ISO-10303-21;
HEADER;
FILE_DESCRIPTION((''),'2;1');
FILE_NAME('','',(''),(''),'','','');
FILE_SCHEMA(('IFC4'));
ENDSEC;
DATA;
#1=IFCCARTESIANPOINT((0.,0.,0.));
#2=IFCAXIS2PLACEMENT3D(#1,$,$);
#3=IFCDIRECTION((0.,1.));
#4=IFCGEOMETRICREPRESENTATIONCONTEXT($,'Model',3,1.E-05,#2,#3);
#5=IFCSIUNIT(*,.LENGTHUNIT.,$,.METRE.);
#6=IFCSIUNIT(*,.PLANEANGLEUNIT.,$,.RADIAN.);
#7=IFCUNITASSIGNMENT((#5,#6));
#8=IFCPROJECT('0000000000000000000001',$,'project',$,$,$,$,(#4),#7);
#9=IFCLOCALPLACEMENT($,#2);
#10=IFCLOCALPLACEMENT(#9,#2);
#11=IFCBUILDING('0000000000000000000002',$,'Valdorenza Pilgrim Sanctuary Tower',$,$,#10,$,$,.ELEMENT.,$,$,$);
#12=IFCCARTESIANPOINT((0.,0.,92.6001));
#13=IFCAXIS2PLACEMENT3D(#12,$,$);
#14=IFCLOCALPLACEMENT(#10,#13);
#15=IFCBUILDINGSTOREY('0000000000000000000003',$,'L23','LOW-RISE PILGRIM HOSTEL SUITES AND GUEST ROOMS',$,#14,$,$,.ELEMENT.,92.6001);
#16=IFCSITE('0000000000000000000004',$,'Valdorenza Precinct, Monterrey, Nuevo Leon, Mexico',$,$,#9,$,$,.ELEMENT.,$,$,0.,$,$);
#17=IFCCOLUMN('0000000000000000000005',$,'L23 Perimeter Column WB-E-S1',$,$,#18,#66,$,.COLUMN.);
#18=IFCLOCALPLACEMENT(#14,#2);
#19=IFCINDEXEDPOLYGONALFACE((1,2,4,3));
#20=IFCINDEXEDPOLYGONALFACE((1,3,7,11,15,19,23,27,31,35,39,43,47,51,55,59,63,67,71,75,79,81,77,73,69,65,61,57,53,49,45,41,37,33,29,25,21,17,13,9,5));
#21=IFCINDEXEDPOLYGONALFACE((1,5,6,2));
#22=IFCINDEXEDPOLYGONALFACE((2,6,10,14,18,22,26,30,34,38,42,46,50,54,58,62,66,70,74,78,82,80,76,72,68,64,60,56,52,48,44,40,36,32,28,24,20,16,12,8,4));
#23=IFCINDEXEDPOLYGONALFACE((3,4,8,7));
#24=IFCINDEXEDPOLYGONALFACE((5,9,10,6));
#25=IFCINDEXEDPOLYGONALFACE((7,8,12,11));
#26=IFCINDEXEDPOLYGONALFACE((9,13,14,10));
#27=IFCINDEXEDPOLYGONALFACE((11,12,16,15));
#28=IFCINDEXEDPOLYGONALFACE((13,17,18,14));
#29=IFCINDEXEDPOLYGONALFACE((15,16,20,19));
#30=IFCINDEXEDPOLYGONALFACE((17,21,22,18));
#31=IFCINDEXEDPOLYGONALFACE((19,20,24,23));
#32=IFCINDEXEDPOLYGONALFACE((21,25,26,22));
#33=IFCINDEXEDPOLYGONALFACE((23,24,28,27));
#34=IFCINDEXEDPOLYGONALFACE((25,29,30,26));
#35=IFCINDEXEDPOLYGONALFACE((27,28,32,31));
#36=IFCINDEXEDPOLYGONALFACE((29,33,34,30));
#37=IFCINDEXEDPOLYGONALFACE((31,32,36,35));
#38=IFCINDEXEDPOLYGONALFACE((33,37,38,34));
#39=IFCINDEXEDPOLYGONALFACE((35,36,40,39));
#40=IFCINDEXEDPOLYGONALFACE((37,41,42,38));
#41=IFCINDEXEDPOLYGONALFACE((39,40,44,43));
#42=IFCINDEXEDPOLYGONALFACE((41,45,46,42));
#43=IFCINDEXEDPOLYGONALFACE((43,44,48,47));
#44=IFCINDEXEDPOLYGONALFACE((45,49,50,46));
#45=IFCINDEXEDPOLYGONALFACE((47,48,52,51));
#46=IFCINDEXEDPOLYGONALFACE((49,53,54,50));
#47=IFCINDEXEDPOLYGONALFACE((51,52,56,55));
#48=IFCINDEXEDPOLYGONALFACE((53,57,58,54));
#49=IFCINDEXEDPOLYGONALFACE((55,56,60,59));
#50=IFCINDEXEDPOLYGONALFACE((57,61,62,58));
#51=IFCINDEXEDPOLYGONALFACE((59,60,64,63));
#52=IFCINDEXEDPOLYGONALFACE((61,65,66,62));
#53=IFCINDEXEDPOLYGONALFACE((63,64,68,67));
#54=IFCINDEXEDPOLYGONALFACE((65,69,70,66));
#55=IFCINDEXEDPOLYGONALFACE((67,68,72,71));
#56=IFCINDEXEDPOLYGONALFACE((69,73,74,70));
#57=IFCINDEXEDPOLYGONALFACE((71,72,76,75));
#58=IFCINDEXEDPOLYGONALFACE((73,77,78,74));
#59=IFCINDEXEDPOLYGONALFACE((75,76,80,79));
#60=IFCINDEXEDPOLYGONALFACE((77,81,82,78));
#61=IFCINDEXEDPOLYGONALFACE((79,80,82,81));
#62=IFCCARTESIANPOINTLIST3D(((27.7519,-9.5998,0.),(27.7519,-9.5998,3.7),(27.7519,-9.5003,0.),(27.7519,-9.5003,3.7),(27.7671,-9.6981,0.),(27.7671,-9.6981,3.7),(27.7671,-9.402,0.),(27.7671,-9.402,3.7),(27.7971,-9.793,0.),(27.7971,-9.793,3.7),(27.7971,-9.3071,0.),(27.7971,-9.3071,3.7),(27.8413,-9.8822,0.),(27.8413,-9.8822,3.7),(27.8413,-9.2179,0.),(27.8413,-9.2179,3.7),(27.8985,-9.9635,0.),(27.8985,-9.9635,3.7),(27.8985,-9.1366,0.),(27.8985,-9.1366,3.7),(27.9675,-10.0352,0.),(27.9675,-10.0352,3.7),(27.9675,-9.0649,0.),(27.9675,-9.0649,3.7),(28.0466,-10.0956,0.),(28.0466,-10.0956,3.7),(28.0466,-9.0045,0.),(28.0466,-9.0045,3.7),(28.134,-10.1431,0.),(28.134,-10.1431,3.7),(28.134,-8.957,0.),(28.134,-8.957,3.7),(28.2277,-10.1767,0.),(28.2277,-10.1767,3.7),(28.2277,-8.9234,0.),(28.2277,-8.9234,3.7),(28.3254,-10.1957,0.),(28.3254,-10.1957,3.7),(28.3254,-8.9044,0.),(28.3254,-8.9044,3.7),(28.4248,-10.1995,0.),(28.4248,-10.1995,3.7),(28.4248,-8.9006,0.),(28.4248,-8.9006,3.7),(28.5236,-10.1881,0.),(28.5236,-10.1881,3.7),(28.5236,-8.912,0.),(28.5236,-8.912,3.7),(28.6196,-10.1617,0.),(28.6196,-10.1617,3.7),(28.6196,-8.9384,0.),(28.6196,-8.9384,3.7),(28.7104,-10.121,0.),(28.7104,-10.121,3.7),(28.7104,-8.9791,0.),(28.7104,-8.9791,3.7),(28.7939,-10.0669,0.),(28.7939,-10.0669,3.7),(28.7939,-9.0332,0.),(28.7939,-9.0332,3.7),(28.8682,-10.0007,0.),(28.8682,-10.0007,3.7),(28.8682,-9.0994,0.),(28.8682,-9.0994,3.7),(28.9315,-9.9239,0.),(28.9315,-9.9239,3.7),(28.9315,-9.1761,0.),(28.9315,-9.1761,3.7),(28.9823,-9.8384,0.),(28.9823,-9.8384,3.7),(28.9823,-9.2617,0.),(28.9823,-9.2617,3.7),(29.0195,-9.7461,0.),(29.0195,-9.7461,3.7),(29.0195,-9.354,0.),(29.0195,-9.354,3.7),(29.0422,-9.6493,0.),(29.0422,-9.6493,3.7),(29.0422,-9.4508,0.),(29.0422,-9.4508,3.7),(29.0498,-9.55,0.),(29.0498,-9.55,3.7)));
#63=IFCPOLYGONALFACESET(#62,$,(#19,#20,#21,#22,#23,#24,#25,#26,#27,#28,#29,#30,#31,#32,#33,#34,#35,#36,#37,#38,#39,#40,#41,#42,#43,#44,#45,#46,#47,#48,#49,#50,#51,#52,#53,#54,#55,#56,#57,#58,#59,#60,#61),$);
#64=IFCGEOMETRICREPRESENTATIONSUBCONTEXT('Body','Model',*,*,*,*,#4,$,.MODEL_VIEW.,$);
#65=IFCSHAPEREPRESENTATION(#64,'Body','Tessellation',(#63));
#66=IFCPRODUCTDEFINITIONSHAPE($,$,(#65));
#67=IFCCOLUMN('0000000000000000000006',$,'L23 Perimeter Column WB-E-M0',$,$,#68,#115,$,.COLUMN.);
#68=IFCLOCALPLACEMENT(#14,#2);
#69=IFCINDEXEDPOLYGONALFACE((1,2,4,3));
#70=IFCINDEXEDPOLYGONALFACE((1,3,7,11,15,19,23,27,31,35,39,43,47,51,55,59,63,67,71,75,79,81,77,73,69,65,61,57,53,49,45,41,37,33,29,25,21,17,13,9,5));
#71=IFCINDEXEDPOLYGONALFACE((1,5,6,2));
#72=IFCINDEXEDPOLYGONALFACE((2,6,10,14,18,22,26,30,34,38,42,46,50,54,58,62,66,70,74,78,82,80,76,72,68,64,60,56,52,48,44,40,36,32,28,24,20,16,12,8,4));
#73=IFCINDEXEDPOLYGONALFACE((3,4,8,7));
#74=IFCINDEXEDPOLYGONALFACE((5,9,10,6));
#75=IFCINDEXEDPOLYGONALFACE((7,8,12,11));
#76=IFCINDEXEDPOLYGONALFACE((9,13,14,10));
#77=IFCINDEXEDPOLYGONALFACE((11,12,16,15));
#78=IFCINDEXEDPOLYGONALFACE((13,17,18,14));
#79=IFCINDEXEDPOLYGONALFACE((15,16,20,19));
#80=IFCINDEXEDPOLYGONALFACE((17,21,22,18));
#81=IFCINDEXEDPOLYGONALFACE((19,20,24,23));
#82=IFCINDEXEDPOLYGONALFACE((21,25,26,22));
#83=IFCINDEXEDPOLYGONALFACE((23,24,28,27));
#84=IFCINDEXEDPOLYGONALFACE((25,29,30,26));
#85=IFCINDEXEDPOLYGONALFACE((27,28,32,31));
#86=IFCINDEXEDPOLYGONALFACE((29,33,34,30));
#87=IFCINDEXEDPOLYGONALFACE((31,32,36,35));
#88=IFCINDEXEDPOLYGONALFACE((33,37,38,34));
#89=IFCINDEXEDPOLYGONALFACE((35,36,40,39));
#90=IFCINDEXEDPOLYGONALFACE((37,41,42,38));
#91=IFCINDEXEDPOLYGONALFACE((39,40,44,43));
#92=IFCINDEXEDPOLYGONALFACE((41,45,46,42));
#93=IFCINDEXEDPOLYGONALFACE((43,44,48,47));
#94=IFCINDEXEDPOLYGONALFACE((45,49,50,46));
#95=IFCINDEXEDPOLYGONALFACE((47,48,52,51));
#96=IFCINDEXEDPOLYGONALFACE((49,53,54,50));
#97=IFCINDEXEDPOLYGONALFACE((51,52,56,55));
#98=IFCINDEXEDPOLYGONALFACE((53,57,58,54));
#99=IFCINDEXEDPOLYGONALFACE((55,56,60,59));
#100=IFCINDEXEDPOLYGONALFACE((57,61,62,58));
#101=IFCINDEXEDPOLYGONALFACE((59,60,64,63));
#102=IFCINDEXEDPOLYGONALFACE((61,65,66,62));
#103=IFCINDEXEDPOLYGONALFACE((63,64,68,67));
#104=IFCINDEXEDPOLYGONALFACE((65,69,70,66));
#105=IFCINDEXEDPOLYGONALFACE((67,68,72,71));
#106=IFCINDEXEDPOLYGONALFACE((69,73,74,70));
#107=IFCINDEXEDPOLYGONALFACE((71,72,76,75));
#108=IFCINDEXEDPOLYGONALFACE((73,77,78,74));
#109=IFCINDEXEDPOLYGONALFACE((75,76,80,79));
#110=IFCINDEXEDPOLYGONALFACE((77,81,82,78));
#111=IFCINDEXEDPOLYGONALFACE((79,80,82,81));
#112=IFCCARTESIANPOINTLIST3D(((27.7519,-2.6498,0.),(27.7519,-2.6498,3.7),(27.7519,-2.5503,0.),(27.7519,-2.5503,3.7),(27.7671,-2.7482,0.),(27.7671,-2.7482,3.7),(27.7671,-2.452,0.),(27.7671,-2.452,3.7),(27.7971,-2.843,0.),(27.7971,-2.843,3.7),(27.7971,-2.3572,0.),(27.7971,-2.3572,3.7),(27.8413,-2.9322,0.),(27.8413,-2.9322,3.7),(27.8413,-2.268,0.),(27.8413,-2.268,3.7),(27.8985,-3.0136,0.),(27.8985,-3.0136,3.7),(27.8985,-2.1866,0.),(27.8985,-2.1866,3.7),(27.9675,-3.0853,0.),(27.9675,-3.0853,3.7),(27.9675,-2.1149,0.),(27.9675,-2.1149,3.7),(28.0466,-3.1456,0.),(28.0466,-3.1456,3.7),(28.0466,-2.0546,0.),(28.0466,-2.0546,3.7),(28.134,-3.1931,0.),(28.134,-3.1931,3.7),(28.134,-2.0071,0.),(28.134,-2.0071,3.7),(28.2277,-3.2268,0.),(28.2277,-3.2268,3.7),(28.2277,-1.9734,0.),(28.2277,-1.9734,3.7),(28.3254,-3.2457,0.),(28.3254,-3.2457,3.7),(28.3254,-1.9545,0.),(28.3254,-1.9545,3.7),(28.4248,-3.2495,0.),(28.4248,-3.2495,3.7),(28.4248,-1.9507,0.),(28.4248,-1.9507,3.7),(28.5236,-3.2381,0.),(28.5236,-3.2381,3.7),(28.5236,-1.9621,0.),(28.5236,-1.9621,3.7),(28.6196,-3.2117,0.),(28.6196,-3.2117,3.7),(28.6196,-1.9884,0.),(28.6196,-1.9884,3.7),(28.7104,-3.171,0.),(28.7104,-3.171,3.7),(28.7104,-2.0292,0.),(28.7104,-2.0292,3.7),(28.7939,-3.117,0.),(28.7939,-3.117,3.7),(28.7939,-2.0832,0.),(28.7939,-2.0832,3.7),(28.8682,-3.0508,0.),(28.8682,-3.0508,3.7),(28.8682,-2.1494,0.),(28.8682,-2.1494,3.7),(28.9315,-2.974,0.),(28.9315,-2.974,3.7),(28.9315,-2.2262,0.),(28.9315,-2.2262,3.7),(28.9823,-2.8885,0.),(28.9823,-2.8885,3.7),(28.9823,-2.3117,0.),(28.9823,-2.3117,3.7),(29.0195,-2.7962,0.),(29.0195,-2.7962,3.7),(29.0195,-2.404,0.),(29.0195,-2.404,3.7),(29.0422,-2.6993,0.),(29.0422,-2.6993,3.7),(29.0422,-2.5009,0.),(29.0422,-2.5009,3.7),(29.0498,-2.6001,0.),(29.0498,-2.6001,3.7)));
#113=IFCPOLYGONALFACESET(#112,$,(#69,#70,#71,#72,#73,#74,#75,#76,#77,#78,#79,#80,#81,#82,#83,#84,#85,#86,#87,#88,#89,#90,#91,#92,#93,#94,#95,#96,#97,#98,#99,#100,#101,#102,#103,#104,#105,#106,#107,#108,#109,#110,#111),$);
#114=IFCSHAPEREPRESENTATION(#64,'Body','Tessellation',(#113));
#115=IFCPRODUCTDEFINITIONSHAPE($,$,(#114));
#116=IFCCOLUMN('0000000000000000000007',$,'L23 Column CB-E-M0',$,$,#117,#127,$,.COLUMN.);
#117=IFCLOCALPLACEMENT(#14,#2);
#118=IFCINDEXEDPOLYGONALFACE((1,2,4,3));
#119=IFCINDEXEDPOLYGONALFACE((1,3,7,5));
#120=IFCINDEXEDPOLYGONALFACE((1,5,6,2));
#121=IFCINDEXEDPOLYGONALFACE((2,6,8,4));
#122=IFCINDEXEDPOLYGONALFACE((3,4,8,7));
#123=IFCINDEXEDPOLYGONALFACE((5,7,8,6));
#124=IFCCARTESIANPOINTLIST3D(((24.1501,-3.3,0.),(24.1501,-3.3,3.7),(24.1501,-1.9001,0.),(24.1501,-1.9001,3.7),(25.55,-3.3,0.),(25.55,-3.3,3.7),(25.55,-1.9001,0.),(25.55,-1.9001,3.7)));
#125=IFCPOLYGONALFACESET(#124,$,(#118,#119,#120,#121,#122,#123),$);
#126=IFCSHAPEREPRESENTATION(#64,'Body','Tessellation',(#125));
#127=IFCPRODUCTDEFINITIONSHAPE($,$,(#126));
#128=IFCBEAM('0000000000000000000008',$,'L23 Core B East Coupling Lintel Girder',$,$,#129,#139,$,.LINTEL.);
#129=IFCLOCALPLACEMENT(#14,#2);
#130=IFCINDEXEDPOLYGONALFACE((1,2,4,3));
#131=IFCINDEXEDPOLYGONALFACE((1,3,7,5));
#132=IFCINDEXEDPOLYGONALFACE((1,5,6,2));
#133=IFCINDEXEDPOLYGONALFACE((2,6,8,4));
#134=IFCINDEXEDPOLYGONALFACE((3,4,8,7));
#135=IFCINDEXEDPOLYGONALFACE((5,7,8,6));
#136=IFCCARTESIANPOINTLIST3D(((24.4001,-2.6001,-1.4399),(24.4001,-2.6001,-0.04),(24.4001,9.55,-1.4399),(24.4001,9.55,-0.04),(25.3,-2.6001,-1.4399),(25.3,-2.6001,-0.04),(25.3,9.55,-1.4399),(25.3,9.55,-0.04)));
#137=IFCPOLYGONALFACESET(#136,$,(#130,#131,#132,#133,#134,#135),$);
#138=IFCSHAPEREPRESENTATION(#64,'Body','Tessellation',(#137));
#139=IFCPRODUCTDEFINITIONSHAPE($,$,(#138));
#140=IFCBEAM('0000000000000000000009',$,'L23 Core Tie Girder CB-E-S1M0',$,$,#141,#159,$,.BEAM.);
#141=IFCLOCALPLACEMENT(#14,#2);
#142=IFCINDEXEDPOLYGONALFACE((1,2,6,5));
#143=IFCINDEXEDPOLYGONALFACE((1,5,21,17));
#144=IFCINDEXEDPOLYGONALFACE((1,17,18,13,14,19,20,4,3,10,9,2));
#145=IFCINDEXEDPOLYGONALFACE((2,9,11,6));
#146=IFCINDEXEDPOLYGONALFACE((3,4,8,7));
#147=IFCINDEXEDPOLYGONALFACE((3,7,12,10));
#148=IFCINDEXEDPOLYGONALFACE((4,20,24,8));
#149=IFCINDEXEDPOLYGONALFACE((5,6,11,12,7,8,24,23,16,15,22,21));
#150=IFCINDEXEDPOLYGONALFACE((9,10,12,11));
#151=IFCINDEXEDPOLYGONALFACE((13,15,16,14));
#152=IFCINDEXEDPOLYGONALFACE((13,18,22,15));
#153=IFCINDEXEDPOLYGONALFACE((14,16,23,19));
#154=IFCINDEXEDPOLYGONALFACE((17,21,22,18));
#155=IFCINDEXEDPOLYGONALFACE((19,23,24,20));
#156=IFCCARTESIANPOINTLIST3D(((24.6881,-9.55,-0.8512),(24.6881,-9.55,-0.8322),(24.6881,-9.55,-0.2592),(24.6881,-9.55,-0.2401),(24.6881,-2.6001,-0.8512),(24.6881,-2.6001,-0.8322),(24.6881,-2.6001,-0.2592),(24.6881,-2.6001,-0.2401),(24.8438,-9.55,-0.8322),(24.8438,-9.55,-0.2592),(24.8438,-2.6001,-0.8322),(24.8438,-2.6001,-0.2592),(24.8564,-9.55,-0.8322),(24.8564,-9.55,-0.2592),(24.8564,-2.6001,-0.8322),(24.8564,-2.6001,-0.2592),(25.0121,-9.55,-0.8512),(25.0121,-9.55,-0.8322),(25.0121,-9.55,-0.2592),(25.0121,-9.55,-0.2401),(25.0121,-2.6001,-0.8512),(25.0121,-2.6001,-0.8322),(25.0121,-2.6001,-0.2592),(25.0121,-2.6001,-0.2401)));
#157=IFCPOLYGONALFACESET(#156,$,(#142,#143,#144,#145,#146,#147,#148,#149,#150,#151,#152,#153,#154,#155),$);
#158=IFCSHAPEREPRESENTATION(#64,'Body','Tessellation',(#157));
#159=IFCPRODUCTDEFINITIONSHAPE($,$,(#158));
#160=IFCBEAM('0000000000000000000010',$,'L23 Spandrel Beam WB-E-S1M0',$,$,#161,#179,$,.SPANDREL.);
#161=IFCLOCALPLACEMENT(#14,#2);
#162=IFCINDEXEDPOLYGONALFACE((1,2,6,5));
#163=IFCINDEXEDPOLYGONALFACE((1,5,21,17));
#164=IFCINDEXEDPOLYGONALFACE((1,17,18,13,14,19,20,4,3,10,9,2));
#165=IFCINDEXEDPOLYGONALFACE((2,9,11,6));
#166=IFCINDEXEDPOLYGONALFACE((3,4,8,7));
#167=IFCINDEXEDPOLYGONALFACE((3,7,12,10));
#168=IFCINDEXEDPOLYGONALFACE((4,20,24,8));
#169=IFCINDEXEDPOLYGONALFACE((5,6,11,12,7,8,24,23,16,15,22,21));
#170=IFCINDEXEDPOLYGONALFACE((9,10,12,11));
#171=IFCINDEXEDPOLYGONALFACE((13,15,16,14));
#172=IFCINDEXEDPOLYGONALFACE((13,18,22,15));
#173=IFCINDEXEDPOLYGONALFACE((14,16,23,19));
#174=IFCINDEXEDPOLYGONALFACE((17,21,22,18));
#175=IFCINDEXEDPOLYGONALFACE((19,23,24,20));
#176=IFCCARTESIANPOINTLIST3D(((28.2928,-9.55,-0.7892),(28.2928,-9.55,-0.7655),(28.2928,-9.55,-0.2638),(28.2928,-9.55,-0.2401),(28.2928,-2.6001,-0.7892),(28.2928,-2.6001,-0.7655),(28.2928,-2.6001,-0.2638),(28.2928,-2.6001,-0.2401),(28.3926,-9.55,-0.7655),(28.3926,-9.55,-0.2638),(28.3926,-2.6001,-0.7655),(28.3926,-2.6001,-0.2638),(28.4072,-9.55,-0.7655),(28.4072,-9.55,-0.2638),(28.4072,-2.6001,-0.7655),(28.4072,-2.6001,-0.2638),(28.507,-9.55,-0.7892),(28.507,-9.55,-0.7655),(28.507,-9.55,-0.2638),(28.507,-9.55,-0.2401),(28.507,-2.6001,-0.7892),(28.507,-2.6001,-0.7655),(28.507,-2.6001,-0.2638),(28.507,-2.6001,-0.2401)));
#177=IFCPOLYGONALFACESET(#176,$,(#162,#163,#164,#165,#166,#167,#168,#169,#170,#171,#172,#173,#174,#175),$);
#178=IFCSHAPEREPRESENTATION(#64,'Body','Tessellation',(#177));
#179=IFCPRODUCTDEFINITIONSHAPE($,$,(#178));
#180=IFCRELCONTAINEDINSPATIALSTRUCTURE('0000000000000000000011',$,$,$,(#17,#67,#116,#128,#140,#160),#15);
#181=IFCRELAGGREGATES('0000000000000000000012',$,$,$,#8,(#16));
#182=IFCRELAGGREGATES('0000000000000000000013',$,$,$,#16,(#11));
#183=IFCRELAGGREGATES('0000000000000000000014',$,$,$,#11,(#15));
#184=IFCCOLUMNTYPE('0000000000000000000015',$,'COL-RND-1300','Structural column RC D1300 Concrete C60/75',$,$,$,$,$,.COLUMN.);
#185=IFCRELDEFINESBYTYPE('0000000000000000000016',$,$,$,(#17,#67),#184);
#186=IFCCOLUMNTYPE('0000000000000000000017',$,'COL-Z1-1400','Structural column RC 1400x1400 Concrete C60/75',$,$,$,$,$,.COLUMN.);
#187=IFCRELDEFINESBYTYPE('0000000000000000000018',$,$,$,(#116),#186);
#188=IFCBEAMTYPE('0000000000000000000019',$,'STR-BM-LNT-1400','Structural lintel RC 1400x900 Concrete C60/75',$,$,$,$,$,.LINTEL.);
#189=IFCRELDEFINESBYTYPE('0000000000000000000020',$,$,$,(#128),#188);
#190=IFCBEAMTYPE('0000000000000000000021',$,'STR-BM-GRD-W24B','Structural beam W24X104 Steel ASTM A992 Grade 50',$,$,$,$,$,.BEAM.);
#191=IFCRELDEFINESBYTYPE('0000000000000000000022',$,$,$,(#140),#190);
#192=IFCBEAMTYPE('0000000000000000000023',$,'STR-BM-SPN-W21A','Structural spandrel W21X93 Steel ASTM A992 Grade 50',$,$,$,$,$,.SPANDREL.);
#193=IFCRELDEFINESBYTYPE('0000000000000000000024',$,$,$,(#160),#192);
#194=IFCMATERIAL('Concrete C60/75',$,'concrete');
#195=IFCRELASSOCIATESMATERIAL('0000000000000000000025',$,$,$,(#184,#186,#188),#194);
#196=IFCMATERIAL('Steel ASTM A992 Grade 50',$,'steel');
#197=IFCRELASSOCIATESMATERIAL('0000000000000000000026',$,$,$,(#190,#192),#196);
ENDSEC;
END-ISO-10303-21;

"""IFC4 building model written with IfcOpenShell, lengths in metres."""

from ifc_helpers import new_model, si_unit, direction, frame, origin, origin_2d, place, context, subcontext, project, spatial, rectangle, circle, i_section, extrude, source, transform, mapped, material, material_profile, profile_set, type_object, element, save


model = new_model("IFC4")

# Units and contexts
model_context = context("Model", 3, precision=1e-05, world=origin(), true_north=direction((0.0, 1.0)))
body_context = subcontext(model_context, "Body", "Model", "MODEL_VIEW")
ifc_project = project(units=[si_unit("LENGTHUNIT", "METRE"), si_unit("PLANEANGLEUNIT", "RADIAN")], contexts=[model_context])

# Site, building, storey
site_placement = place(None, origin())
site = spatial("IfcSite", under=ifc_project, at=site_placement, Name="Valdorenza Precinct, Monterrey, Nuevo Leon, Mexico", CompositionType="ELEMENT", RefElevation=0.0)
building_placement = place(site_placement, origin())
building = spatial("IfcBuilding", under=site, at=building_placement, Name="Valdorenza Pilgrim Sanctuary Tower", CompositionType="ELEMENT")
storey_placement = place(building_placement, frame((0.0, 0.0, 92.6001)))
storey = spatial("IfcBuildingStorey", under=building, at=storey_placement, Name="L23", Description="LOW-RISE PILGRIM HOSTEL SUITES AND GUEST ROOMS", CompositionType="ELEMENT", Elevation=92.6001)

# Columns
ifc_material_1 = material(Name="Concrete C60/75", Category="concrete")
ifc_material_profile_1 = material_profile(ifc_material_1, circle(Radius=0.6499, at=origin_2d()), Name="RC D1300")
ifc_profile_set_1 = profile_set([ifc_material_profile_1], Name="Concrete C60/75")
column_type_1 = type_object("IfcColumnType", Name="COL-RND-1300", Description="Structural column RC D1300 Concrete C60/75", PredefinedType="COLUMN", material=ifc_profile_set_1)
shared_shape_1 = source(origin(), body_context, "Body", "SweptSolid", [
    extrude(circle(Radius=0.6499, at=origin_2d()), origin(), (0.0, 0.0, 1.0), 3.7),
])
for number, where, z_axis, x_axis, name in (
    (1, (28.3999, -9.55, 0.0), (0.0, 0.0, 1.0), (1.0, 0.0, 0.0), "L23 Perimeter Column WB-E-S1"),
    (2, (28.3999, -2.6001, 0.0), (0.0, 0.0, 1.0), (1.0, 0.0, 0.0), "L23 Perimeter Column WB-E-M0"),
):
    element("IfcColumn", number, at=place(storey_placement, frame(where, z_axis=z_axis, x_axis=x_axis)), inside=storey, type_object=column_type_1, Name=name, PredefinedType="COLUMN", context=body_context, shape_type="MappedRepresentation", body=[
        mapped(shared_shape_1, transform((0.0, 0.0, 0.0), x_axis=(1.0, 0.0, 0.0), y_axis=(0.0, 1.0, 0.0), z_axis=(0.0, 0.0, 1.0), scale=1.0)),
    ])
ifc_material_profile_2 = material_profile(ifc_material_1, rectangle(XDim=1.3999, YDim=1.3999, at=origin_2d()), Name="RC 1400x1400")
ifc_profile_set_2 = profile_set([ifc_material_profile_2], Name="Concrete C60/75")
column_type_2 = type_object("IfcColumnType", Name="COL-Z1-1400", Description="Structural column RC 1400x1400 Concrete C60/75", PredefinedType="COLUMN", material=ifc_profile_set_2)
shared_shape_2 = source(origin(), body_context, "Body", "SweptSolid", [
    extrude(rectangle(XDim=1.3999, YDim=1.3999, at=origin_2d()), origin(), (0.0, 0.0, 1.0), 3.7),
])
column_placement = place(storey_placement, frame((24.8501, -2.6001, 0.0), z_axis=(0.0, 0.0, 1.0), x_axis=(1.0, 0.0, 0.0)))
element("IfcColumn", 3, at=column_placement, inside=storey, type_object=column_type_2, Name="L23 Column CB-E-M0", PredefinedType="COLUMN", context=body_context, shape_type="MappedRepresentation", body=[
    mapped(shared_shape_2, transform((0.0, 0.0, 0.0), x_axis=(1.0, 0.0, 0.0), y_axis=(0.0, 1.0, 0.0), z_axis=(0.0, 0.0, 1.0), scale=1.0)),
])

# Beams
ifc_material_profile_3 = material_profile(ifc_material_1, rectangle(XDim=0.8999, YDim=1.3999, at=origin_2d()), Name="RC 1400x900")
ifc_profile_set_3 = profile_set([ifc_material_profile_3], Name="Concrete C60/75")
beam_type_1 = type_object("IfcBeamType", Name="STR-BM-LNT-1400", Description="Structural lintel RC 1400x900 Concrete C60/75", PredefinedType="LINTEL", material=ifc_profile_set_3)
shared_shape_3 = source(origin(), body_context, "Body", "SweptSolid", [
    extrude(rectangle(XDim=0.8999, YDim=1.3999, at=origin_2d()), origin(), (0.0, 0.0, 1.0), 12.1501),
])
beam_1_placement = place(storey_placement, frame((24.8501, -2.6001, -0.74), z_axis=(0.0, 1.0, 0.0), x_axis=(-1.0, 0.0, 0.0)))
element("IfcBeam", 4, at=beam_1_placement, inside=storey, type_object=beam_type_1, Name="L23 Core B East Coupling Lintel Girder", PredefinedType="LINTEL", context=body_context, shape_type="MappedRepresentation", body=[
    mapped(shared_shape_3, transform((0.0, 0.0, 0.0), x_axis=(1.0, 0.0, 0.0), y_axis=(0.0, 1.0, 0.0), z_axis=(0.0, 0.0, 1.0), scale=1.0)),
])
ifc_material_2 = material(Name="Steel ASTM A992 Grade 50", Category="steel")
ifc_material_profile_4 = material_profile(ifc_material_2, i_section(OverallWidth=0.324, OverallDepth=0.6111, WebThickness=0.0127, FlangeThickness=0.019, at=origin_2d()), Name="W24X104")
ifc_profile_set_4 = profile_set([ifc_material_profile_4], Name="Steel ASTM A992 Grade 50")
beam_type_2 = type_object("IfcBeamType", Name="STR-BM-GRD-W24B", Description="Structural beam W24X104 Steel ASTM A992 Grade 50", PredefinedType="BEAM", material=ifc_profile_set_4)
shared_shape_4 = source(origin(), body_context, "Body", "SweptSolid", [
    extrude(i_section(OverallWidth=0.324, OverallDepth=0.6111, WebThickness=0.0127, FlangeThickness=0.019, at=origin_2d()), origin(), (0.0, 0.0, 1.0), 6.95),
])
beam_2_placement = place(storey_placement, frame((24.8501, -9.55, -0.5457), z_axis=(0.0, 1.0, 0.0), x_axis=(-1.0, 0.0, 0.0)))
element("IfcBeam", 5, at=beam_2_placement, inside=storey, type_object=beam_type_2, Name="L23 Core Tie Girder CB-E-S1M0", PredefinedType="BEAM", context=body_context, shape_type="MappedRepresentation", body=[
    mapped(shared_shape_4, transform((0.0, 0.0, 0.0), x_axis=(1.0, 0.0, 0.0), y_axis=(0.0, 1.0, 0.0), z_axis=(0.0, 0.0, 1.0), scale=1.0)),
])
ifc_material_profile_5 = material_profile(ifc_material_2, i_section(OverallWidth=0.2141, OverallDepth=0.5491, WebThickness=0.0146, FlangeThickness=0.0237, at=origin_2d()), Name="W21X93")
ifc_profile_set_5 = profile_set([ifc_material_profile_5], Name="Steel ASTM A992 Grade 50")
beam_type_3 = type_object("IfcBeamType", Name="STR-BM-SPN-W21A", Description="Structural spandrel W21X93 Steel ASTM A992 Grade 50", PredefinedType="SPANDREL", material=ifc_profile_set_5)
shared_shape_5 = source(origin(), body_context, "Body", "SweptSolid", [
    extrude(i_section(OverallWidth=0.2141, OverallDepth=0.5491, WebThickness=0.0146, FlangeThickness=0.0237, at=origin_2d()), origin(), (0.0, 0.0, 1.0), 6.95),
])
beam_3_placement = place(storey_placement, frame((28.3999, -9.55, -0.5146), z_axis=(0.0, 1.0, 0.0), x_axis=(-1.0, 0.0, 0.0)))
element("IfcBeam", 6, at=beam_3_placement, inside=storey, type_object=beam_type_3, Name="L23 Spandrel Beam WB-E-S1M0", PredefinedType="SPANDREL", context=body_context, shape_type="MappedRepresentation", body=[
    mapped(shared_shape_5, transform((0.0, 0.0, 0.0), x_axis=(1.0, 0.0, 0.0), y_axis=(0.0, 1.0, 0.0), z_axis=(0.0, 0.0, 1.0), scale=1.0)),
])

save(model, "model.ifc")
